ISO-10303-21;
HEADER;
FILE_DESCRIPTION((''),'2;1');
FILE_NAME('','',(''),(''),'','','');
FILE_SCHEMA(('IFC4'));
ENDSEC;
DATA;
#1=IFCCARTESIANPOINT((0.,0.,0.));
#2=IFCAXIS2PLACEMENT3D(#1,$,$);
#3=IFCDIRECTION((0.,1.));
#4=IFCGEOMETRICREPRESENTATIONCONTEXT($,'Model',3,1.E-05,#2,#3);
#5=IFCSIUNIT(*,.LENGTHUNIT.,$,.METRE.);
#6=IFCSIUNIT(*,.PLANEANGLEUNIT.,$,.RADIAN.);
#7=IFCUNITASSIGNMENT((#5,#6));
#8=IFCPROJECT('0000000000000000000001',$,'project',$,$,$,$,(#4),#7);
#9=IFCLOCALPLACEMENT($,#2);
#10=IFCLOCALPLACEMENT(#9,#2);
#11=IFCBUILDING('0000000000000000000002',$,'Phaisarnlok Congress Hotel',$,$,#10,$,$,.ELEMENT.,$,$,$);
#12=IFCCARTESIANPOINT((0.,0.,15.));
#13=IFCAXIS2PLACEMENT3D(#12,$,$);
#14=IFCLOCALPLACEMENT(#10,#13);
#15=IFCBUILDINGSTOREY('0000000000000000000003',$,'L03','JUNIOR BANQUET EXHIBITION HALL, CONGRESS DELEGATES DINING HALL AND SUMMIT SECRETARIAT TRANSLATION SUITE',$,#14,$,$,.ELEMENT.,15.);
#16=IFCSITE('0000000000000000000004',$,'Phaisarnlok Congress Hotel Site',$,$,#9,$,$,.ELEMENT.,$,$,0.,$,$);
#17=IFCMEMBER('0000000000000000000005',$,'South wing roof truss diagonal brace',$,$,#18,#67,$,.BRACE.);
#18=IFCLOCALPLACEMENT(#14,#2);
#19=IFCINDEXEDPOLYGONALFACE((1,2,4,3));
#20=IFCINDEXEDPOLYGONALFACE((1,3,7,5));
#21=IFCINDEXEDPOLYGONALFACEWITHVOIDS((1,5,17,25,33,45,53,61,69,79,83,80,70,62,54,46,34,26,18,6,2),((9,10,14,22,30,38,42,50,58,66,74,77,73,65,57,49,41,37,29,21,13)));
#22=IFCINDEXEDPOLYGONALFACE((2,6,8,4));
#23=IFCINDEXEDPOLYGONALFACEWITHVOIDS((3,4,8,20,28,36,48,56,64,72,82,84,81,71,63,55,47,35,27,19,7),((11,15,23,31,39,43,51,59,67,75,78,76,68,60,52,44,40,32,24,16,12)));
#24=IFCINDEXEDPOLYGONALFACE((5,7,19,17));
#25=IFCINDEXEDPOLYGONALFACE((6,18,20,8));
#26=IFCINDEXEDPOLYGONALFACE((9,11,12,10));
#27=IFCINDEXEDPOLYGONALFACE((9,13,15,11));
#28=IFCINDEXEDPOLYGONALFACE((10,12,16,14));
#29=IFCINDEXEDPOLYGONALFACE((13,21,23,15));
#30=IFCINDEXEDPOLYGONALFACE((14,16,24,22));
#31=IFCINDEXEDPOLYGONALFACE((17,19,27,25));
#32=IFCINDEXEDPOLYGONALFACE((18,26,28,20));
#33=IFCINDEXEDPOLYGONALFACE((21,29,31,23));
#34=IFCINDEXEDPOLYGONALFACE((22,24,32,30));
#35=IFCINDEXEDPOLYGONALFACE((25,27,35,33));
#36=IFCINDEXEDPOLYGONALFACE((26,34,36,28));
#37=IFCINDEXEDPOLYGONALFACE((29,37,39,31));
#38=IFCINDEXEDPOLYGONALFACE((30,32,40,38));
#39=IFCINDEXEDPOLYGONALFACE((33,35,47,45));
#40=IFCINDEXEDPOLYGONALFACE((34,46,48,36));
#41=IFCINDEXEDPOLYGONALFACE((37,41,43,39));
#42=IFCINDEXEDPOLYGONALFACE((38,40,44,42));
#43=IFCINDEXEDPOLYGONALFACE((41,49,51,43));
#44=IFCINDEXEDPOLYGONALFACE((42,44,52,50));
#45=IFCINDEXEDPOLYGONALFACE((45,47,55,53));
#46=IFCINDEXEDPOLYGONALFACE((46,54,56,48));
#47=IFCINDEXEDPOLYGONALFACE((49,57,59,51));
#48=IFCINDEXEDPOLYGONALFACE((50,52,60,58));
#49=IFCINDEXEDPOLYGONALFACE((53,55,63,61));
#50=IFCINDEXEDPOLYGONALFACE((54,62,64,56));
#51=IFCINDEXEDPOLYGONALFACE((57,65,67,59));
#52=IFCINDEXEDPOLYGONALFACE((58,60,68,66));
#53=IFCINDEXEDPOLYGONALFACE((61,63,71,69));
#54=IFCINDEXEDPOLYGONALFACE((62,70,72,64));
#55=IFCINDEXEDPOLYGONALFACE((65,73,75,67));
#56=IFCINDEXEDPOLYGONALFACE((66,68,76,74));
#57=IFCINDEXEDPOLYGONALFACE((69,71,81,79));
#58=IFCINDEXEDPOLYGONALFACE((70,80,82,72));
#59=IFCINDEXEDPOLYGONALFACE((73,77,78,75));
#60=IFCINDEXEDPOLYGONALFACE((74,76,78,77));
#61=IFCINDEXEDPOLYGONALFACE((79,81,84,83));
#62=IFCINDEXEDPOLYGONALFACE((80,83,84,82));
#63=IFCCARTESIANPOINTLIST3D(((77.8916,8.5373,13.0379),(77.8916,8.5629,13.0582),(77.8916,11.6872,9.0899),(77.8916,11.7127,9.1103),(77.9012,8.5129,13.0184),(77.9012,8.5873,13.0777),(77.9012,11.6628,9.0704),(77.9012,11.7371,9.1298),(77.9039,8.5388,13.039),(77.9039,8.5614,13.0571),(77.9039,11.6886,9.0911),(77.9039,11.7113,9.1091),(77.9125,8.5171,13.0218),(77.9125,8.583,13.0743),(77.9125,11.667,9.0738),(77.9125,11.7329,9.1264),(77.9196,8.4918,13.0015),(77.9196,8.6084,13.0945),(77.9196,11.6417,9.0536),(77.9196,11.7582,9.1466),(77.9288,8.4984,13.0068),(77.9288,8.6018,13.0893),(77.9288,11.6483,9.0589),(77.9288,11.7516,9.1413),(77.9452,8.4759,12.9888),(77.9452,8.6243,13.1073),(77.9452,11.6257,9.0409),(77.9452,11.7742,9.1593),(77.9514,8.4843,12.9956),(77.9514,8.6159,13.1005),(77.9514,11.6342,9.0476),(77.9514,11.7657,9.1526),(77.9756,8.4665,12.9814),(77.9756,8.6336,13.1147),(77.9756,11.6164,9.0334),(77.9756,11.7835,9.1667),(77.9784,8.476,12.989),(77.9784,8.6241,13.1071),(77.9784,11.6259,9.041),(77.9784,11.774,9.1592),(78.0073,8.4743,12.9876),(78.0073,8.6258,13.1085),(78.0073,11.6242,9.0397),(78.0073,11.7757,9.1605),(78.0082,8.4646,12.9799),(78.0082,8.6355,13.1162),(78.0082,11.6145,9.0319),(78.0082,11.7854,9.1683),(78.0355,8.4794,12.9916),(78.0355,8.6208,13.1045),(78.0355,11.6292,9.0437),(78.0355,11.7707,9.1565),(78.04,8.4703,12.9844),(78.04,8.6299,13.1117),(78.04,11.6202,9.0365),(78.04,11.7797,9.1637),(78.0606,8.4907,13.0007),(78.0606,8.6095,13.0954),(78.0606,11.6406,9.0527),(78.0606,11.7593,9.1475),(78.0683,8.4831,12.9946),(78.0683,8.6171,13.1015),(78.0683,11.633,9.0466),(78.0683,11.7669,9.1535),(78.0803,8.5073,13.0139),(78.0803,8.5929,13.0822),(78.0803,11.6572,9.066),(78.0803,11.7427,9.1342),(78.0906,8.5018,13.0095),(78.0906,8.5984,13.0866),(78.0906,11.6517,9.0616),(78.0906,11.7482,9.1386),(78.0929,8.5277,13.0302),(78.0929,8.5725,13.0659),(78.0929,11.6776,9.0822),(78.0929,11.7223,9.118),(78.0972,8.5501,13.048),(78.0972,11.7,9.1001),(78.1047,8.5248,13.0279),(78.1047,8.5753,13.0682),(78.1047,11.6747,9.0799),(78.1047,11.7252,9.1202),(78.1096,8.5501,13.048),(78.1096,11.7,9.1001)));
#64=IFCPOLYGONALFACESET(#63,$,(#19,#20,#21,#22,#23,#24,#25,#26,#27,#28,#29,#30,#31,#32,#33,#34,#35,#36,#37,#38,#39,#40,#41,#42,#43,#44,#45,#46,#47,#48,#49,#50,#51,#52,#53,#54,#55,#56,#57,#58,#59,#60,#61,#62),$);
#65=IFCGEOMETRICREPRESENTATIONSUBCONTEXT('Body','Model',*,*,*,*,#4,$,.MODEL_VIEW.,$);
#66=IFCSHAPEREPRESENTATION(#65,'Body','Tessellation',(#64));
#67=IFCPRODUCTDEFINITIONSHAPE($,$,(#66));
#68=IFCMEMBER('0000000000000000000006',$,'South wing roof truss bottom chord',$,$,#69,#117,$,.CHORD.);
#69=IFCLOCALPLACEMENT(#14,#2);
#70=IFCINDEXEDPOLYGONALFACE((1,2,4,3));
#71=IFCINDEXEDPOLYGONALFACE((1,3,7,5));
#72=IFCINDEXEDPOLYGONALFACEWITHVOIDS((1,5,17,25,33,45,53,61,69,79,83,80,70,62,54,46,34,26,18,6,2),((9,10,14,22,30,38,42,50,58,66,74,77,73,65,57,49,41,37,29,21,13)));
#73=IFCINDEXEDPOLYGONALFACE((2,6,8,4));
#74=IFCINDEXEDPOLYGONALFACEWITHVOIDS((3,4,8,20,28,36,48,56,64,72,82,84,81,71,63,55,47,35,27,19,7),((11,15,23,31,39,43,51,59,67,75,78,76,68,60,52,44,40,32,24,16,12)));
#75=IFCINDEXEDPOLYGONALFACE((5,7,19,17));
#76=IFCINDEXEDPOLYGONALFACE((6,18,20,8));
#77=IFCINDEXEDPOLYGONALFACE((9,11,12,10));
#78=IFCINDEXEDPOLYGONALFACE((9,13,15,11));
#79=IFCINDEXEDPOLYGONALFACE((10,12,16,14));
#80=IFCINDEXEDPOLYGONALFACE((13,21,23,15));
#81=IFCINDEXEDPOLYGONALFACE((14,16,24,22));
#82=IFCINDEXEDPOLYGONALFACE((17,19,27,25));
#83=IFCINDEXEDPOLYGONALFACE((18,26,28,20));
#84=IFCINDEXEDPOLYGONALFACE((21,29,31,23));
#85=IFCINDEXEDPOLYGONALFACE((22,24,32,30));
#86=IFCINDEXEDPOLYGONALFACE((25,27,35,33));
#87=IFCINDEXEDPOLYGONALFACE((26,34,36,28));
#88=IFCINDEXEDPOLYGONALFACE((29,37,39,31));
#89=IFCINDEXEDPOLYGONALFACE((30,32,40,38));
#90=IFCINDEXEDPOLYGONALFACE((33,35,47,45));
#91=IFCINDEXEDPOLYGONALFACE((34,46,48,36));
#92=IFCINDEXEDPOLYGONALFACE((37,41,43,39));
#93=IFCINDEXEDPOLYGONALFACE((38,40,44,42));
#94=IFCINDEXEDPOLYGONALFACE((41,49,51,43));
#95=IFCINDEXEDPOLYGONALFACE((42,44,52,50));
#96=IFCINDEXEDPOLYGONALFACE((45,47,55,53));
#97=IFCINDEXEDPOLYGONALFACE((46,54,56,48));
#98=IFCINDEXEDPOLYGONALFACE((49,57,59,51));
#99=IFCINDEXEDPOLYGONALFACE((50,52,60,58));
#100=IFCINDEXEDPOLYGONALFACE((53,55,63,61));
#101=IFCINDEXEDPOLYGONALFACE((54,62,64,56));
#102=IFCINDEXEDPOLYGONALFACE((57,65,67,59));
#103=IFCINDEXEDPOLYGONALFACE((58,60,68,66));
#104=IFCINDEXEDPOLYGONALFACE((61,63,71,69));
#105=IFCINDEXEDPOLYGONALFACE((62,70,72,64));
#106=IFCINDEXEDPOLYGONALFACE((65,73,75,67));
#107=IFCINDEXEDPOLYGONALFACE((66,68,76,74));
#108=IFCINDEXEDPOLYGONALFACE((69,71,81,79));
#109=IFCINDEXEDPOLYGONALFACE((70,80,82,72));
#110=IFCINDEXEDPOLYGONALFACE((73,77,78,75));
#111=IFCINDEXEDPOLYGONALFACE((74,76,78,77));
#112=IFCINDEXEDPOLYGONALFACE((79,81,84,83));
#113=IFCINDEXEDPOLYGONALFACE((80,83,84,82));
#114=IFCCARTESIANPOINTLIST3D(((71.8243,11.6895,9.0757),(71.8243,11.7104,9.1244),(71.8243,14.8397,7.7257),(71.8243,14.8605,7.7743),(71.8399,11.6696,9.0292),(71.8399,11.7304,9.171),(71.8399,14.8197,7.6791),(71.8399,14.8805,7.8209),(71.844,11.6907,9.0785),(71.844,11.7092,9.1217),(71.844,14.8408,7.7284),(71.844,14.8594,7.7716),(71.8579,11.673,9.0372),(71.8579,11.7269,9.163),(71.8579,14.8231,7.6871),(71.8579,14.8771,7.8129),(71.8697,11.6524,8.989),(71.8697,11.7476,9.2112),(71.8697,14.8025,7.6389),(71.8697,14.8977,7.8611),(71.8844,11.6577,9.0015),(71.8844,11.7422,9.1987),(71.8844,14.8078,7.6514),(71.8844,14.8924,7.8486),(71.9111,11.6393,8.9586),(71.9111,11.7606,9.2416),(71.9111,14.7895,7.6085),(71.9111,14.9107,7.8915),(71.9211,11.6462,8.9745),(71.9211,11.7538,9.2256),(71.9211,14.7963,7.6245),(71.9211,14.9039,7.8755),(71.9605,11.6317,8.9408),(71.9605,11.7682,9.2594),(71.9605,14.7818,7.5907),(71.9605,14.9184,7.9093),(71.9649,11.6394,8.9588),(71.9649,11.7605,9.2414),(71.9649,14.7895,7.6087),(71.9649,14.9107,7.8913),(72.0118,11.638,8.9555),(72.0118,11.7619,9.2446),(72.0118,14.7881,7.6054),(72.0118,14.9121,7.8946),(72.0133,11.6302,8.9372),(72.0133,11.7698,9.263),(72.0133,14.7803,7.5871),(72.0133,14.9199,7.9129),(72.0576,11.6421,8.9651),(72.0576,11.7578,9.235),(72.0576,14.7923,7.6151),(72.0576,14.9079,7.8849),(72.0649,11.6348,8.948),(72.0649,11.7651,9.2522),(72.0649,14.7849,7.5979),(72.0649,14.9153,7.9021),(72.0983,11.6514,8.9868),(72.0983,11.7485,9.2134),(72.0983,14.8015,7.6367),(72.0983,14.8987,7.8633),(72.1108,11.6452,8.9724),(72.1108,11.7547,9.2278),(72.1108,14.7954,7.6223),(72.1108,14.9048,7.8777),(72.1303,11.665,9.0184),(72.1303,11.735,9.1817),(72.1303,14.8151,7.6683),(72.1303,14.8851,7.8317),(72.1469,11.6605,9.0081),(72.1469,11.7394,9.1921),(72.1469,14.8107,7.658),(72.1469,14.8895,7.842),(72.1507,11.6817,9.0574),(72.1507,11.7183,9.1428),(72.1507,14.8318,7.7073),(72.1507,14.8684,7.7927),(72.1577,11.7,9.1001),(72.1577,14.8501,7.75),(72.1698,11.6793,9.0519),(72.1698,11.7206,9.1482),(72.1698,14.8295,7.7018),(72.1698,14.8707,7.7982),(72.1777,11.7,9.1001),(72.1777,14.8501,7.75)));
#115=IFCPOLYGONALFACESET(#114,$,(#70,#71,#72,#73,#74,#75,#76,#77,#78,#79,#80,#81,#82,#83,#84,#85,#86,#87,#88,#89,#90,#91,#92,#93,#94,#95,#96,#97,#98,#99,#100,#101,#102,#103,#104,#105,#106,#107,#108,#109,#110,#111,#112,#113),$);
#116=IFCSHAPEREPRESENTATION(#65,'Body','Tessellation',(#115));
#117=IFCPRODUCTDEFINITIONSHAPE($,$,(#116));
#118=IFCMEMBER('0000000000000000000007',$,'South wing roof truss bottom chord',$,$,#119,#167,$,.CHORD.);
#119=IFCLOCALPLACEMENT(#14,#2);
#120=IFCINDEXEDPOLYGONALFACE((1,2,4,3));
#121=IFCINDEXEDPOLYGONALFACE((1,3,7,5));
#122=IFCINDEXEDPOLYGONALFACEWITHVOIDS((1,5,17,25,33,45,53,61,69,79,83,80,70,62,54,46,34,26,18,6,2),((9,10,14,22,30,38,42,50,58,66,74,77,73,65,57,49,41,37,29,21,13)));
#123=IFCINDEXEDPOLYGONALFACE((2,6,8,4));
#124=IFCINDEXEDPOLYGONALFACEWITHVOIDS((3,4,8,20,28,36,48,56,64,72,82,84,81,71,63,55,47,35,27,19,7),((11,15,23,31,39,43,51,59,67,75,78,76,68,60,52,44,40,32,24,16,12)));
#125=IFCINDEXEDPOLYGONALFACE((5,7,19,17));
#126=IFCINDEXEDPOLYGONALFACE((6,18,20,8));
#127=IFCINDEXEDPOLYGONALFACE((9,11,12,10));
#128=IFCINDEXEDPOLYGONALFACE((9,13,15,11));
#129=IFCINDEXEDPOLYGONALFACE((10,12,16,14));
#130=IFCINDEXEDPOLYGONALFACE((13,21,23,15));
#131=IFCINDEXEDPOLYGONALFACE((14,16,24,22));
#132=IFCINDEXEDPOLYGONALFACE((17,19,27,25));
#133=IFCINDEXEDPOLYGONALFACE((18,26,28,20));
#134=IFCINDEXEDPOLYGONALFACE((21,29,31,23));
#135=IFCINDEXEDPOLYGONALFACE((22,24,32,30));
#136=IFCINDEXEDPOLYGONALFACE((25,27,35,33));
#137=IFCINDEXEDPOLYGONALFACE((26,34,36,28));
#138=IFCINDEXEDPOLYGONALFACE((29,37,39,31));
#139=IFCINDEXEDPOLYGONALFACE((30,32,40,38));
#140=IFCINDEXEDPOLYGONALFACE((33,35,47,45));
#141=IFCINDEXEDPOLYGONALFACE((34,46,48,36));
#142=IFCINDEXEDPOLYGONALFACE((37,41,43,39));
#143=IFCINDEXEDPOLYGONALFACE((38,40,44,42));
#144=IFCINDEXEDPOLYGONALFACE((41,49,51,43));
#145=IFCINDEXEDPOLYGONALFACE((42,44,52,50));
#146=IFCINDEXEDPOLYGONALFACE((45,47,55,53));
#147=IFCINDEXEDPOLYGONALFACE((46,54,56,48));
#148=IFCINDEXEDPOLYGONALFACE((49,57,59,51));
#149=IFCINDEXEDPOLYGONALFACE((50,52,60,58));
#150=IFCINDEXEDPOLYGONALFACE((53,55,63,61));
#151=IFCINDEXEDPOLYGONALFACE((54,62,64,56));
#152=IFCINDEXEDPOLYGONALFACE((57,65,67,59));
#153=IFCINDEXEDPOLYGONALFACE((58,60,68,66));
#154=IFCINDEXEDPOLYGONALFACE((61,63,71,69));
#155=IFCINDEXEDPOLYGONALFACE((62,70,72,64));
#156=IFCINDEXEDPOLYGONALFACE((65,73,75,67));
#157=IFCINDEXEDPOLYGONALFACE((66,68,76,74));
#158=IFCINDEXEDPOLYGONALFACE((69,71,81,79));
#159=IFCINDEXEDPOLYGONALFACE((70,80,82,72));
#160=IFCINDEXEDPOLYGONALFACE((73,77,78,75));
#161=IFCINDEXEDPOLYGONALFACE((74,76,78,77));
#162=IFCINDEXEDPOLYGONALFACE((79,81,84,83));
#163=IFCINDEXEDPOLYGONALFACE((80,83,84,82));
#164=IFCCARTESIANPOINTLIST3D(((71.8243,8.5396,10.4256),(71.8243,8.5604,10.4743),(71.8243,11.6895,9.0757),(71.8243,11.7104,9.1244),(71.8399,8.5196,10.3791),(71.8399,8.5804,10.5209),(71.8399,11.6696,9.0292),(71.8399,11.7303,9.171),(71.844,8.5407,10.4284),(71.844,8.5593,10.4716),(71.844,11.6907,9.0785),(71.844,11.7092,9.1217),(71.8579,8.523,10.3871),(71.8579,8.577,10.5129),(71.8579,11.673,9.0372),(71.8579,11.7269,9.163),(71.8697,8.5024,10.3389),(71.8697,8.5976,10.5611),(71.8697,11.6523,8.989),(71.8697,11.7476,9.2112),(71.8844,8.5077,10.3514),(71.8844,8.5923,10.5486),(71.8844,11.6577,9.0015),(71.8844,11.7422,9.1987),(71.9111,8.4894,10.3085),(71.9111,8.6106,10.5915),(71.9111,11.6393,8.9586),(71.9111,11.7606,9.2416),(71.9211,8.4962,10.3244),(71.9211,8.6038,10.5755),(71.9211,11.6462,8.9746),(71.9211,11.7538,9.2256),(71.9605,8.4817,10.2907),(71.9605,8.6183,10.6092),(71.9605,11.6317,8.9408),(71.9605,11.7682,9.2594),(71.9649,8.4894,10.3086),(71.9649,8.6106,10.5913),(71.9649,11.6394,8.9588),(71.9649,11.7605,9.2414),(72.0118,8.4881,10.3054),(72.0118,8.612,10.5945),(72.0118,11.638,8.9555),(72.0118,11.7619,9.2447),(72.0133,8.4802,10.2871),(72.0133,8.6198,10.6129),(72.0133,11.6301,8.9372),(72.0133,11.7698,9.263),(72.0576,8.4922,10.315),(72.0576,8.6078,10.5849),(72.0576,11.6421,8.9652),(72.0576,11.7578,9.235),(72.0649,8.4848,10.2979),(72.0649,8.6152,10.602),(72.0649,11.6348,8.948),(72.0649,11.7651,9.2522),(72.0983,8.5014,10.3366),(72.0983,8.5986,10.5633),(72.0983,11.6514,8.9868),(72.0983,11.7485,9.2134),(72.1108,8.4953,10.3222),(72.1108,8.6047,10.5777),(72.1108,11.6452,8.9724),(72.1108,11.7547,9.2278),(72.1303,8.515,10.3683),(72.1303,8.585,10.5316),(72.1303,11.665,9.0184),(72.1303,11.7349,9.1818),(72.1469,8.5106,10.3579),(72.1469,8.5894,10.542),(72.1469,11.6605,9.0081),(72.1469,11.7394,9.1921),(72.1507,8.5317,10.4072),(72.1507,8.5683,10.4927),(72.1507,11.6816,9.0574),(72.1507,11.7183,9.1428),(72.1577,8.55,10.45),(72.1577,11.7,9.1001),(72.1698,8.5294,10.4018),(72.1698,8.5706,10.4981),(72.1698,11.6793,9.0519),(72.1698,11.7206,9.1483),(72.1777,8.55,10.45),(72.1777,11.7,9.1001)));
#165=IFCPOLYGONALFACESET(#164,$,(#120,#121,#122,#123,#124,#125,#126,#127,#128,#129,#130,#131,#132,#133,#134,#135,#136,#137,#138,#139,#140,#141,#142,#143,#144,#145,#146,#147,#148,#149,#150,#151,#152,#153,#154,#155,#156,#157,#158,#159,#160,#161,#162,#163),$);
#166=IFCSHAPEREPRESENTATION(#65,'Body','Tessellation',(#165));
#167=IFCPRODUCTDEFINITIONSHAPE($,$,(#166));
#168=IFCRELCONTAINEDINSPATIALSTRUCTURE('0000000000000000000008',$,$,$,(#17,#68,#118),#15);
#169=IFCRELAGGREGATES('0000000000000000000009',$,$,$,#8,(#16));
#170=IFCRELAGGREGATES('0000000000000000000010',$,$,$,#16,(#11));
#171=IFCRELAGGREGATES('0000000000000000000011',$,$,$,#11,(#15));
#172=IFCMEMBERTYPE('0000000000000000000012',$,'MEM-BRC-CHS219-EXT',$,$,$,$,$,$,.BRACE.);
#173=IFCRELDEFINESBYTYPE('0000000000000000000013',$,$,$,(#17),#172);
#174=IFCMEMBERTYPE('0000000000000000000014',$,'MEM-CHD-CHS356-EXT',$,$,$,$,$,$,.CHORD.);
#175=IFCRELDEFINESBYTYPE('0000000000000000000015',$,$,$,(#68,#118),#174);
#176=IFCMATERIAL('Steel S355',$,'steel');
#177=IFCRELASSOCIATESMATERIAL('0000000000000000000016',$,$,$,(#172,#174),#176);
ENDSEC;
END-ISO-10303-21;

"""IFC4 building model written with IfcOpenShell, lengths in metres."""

from ifc_helpers import new_model, si_unit, direction, frame, origin, origin_2d, place, context, subcontext, project, spatial, hollow_circle, extrude, material, material_profile, profile_set, type_object, element, save


model = new_model("IFC4")

# Units and contexts
model_context = context("Model", 3, precision=1e-05, world=origin(), true_north=direction((0.0, 1.0)))
body_context = subcontext(model_context, "Body", "Model", "MODEL_VIEW")
ifc_project = project(units=[si_unit("LENGTHUNIT", "METRE"), si_unit("PLANEANGLEUNIT", "RADIAN")], contexts=[model_context])

# Site, building, storey
site_placement = place(None, origin())
site = spatial("IfcSite", under=ifc_project, at=site_placement, Name="Phaisarnlok Congress Hotel Site", CompositionType="ELEMENT", RefElevation=0.0)
building_placement = place(site_placement, origin())
building = spatial("IfcBuilding", under=site, at=building_placement, Name="Phaisarnlok Congress Hotel", CompositionType="ELEMENT")
storey_placement = place(building_placement, frame((0.0, 0.0, 15.0)))
storey = spatial("IfcBuildingStorey", under=building, at=storey_placement, Name="L03", Description="JUNIOR BANQUET EXHIBITION HALL, CONGRESS DELEGATES DINING HALL AND SUMMIT SECRETARIAT TRANSLATION SUITE", CompositionType="ELEMENT", Elevation=15.0)

# Members
ifc_material_1 = material(Name="Steel S355", Category="steel")
ifc_material_profile_1 = material_profile(ifc_material_1, hollow_circle(Radius=0.1096, WallThickness=0.0125, at=origin_2d()), Name="CHS 219.1x12.5")
ifc_profile_set_1 = profile_set([ifc_material_profile_1], Name="Steel S355")
member_type_1 = type_object("IfcMemberType", Name="MEM-BRC-CHS219-EXT", PredefinedType="BRACE", material=ifc_profile_set_1)
member_1_placement = place(storey_placement, frame((78.0, 11.7, 9.1001), z_axis=(0.0, -0.623669, 0.781689), x_axis=(1.0, 0.0, 0.0)))
element("IfcMember", 1, at=member_1_placement, inside=storey, type_object=member_type_1, Name="South wing roof truss diagonal brace", PredefinedType="BRACE", context=body_context, shape_type="SweptSolid", body=[
    extrude(hollow_circle(Radius=0.1096, WallThickness=0.0125, at=origin_2d()), origin(), (0.0, 0.0, 1.0), 5.0505),
])
ifc_material_profile_2 = material_profile(ifc_material_1, hollow_circle(Radius=0.1777, WallThickness=0.02, at=origin_2d()), Name="CHS 355.6x20")
ifc_profile_set_2 = profile_set([ifc_material_profile_2], Name="Steel S355")
member_type_2 = type_object("IfcMemberType", Name="MEM-CHD-CHS356-EXT", PredefinedType="CHORD", material=ifc_profile_set_2)
member_2_placement = place(storey_placement, frame((72.0, 14.8501, 7.75), z_axis=(0.0, -0.919141, 0.393928), x_axis=(1.0, 0.0, 0.0)))
element("IfcMember", 2, at=member_2_placement, inside=storey, type_object=member_type_2, Name="South wing roof truss bottom chord", PredefinedType="CHORD", context=body_context, shape_type="SweptSolid", body=[
    extrude(hollow_circle(Radius=0.1777, WallThickness=0.02, at=origin_2d()), origin(), (0.0, 0.0, 1.0), 3.4272),
])
member_3_placement = place(storey_placement, frame((72.0, 11.7, 9.1001), z_axis=(0.0, -0.919156, 0.393894), x_axis=(1.0, 0.0, 0.0)))
element("IfcMember", 3, at=member_3_placement, inside=storey, type_object=member_type_2, Name="South wing roof truss bottom chord", PredefinedType="CHORD", context=body_context, shape_type="SweptSolid", body=[
    extrude(hollow_circle(Radius=0.1777, WallThickness=0.02, at=origin_2d()), origin(), (0.0, 0.0, 1.0), 3.427),
])

save(model, "model.ifc")
